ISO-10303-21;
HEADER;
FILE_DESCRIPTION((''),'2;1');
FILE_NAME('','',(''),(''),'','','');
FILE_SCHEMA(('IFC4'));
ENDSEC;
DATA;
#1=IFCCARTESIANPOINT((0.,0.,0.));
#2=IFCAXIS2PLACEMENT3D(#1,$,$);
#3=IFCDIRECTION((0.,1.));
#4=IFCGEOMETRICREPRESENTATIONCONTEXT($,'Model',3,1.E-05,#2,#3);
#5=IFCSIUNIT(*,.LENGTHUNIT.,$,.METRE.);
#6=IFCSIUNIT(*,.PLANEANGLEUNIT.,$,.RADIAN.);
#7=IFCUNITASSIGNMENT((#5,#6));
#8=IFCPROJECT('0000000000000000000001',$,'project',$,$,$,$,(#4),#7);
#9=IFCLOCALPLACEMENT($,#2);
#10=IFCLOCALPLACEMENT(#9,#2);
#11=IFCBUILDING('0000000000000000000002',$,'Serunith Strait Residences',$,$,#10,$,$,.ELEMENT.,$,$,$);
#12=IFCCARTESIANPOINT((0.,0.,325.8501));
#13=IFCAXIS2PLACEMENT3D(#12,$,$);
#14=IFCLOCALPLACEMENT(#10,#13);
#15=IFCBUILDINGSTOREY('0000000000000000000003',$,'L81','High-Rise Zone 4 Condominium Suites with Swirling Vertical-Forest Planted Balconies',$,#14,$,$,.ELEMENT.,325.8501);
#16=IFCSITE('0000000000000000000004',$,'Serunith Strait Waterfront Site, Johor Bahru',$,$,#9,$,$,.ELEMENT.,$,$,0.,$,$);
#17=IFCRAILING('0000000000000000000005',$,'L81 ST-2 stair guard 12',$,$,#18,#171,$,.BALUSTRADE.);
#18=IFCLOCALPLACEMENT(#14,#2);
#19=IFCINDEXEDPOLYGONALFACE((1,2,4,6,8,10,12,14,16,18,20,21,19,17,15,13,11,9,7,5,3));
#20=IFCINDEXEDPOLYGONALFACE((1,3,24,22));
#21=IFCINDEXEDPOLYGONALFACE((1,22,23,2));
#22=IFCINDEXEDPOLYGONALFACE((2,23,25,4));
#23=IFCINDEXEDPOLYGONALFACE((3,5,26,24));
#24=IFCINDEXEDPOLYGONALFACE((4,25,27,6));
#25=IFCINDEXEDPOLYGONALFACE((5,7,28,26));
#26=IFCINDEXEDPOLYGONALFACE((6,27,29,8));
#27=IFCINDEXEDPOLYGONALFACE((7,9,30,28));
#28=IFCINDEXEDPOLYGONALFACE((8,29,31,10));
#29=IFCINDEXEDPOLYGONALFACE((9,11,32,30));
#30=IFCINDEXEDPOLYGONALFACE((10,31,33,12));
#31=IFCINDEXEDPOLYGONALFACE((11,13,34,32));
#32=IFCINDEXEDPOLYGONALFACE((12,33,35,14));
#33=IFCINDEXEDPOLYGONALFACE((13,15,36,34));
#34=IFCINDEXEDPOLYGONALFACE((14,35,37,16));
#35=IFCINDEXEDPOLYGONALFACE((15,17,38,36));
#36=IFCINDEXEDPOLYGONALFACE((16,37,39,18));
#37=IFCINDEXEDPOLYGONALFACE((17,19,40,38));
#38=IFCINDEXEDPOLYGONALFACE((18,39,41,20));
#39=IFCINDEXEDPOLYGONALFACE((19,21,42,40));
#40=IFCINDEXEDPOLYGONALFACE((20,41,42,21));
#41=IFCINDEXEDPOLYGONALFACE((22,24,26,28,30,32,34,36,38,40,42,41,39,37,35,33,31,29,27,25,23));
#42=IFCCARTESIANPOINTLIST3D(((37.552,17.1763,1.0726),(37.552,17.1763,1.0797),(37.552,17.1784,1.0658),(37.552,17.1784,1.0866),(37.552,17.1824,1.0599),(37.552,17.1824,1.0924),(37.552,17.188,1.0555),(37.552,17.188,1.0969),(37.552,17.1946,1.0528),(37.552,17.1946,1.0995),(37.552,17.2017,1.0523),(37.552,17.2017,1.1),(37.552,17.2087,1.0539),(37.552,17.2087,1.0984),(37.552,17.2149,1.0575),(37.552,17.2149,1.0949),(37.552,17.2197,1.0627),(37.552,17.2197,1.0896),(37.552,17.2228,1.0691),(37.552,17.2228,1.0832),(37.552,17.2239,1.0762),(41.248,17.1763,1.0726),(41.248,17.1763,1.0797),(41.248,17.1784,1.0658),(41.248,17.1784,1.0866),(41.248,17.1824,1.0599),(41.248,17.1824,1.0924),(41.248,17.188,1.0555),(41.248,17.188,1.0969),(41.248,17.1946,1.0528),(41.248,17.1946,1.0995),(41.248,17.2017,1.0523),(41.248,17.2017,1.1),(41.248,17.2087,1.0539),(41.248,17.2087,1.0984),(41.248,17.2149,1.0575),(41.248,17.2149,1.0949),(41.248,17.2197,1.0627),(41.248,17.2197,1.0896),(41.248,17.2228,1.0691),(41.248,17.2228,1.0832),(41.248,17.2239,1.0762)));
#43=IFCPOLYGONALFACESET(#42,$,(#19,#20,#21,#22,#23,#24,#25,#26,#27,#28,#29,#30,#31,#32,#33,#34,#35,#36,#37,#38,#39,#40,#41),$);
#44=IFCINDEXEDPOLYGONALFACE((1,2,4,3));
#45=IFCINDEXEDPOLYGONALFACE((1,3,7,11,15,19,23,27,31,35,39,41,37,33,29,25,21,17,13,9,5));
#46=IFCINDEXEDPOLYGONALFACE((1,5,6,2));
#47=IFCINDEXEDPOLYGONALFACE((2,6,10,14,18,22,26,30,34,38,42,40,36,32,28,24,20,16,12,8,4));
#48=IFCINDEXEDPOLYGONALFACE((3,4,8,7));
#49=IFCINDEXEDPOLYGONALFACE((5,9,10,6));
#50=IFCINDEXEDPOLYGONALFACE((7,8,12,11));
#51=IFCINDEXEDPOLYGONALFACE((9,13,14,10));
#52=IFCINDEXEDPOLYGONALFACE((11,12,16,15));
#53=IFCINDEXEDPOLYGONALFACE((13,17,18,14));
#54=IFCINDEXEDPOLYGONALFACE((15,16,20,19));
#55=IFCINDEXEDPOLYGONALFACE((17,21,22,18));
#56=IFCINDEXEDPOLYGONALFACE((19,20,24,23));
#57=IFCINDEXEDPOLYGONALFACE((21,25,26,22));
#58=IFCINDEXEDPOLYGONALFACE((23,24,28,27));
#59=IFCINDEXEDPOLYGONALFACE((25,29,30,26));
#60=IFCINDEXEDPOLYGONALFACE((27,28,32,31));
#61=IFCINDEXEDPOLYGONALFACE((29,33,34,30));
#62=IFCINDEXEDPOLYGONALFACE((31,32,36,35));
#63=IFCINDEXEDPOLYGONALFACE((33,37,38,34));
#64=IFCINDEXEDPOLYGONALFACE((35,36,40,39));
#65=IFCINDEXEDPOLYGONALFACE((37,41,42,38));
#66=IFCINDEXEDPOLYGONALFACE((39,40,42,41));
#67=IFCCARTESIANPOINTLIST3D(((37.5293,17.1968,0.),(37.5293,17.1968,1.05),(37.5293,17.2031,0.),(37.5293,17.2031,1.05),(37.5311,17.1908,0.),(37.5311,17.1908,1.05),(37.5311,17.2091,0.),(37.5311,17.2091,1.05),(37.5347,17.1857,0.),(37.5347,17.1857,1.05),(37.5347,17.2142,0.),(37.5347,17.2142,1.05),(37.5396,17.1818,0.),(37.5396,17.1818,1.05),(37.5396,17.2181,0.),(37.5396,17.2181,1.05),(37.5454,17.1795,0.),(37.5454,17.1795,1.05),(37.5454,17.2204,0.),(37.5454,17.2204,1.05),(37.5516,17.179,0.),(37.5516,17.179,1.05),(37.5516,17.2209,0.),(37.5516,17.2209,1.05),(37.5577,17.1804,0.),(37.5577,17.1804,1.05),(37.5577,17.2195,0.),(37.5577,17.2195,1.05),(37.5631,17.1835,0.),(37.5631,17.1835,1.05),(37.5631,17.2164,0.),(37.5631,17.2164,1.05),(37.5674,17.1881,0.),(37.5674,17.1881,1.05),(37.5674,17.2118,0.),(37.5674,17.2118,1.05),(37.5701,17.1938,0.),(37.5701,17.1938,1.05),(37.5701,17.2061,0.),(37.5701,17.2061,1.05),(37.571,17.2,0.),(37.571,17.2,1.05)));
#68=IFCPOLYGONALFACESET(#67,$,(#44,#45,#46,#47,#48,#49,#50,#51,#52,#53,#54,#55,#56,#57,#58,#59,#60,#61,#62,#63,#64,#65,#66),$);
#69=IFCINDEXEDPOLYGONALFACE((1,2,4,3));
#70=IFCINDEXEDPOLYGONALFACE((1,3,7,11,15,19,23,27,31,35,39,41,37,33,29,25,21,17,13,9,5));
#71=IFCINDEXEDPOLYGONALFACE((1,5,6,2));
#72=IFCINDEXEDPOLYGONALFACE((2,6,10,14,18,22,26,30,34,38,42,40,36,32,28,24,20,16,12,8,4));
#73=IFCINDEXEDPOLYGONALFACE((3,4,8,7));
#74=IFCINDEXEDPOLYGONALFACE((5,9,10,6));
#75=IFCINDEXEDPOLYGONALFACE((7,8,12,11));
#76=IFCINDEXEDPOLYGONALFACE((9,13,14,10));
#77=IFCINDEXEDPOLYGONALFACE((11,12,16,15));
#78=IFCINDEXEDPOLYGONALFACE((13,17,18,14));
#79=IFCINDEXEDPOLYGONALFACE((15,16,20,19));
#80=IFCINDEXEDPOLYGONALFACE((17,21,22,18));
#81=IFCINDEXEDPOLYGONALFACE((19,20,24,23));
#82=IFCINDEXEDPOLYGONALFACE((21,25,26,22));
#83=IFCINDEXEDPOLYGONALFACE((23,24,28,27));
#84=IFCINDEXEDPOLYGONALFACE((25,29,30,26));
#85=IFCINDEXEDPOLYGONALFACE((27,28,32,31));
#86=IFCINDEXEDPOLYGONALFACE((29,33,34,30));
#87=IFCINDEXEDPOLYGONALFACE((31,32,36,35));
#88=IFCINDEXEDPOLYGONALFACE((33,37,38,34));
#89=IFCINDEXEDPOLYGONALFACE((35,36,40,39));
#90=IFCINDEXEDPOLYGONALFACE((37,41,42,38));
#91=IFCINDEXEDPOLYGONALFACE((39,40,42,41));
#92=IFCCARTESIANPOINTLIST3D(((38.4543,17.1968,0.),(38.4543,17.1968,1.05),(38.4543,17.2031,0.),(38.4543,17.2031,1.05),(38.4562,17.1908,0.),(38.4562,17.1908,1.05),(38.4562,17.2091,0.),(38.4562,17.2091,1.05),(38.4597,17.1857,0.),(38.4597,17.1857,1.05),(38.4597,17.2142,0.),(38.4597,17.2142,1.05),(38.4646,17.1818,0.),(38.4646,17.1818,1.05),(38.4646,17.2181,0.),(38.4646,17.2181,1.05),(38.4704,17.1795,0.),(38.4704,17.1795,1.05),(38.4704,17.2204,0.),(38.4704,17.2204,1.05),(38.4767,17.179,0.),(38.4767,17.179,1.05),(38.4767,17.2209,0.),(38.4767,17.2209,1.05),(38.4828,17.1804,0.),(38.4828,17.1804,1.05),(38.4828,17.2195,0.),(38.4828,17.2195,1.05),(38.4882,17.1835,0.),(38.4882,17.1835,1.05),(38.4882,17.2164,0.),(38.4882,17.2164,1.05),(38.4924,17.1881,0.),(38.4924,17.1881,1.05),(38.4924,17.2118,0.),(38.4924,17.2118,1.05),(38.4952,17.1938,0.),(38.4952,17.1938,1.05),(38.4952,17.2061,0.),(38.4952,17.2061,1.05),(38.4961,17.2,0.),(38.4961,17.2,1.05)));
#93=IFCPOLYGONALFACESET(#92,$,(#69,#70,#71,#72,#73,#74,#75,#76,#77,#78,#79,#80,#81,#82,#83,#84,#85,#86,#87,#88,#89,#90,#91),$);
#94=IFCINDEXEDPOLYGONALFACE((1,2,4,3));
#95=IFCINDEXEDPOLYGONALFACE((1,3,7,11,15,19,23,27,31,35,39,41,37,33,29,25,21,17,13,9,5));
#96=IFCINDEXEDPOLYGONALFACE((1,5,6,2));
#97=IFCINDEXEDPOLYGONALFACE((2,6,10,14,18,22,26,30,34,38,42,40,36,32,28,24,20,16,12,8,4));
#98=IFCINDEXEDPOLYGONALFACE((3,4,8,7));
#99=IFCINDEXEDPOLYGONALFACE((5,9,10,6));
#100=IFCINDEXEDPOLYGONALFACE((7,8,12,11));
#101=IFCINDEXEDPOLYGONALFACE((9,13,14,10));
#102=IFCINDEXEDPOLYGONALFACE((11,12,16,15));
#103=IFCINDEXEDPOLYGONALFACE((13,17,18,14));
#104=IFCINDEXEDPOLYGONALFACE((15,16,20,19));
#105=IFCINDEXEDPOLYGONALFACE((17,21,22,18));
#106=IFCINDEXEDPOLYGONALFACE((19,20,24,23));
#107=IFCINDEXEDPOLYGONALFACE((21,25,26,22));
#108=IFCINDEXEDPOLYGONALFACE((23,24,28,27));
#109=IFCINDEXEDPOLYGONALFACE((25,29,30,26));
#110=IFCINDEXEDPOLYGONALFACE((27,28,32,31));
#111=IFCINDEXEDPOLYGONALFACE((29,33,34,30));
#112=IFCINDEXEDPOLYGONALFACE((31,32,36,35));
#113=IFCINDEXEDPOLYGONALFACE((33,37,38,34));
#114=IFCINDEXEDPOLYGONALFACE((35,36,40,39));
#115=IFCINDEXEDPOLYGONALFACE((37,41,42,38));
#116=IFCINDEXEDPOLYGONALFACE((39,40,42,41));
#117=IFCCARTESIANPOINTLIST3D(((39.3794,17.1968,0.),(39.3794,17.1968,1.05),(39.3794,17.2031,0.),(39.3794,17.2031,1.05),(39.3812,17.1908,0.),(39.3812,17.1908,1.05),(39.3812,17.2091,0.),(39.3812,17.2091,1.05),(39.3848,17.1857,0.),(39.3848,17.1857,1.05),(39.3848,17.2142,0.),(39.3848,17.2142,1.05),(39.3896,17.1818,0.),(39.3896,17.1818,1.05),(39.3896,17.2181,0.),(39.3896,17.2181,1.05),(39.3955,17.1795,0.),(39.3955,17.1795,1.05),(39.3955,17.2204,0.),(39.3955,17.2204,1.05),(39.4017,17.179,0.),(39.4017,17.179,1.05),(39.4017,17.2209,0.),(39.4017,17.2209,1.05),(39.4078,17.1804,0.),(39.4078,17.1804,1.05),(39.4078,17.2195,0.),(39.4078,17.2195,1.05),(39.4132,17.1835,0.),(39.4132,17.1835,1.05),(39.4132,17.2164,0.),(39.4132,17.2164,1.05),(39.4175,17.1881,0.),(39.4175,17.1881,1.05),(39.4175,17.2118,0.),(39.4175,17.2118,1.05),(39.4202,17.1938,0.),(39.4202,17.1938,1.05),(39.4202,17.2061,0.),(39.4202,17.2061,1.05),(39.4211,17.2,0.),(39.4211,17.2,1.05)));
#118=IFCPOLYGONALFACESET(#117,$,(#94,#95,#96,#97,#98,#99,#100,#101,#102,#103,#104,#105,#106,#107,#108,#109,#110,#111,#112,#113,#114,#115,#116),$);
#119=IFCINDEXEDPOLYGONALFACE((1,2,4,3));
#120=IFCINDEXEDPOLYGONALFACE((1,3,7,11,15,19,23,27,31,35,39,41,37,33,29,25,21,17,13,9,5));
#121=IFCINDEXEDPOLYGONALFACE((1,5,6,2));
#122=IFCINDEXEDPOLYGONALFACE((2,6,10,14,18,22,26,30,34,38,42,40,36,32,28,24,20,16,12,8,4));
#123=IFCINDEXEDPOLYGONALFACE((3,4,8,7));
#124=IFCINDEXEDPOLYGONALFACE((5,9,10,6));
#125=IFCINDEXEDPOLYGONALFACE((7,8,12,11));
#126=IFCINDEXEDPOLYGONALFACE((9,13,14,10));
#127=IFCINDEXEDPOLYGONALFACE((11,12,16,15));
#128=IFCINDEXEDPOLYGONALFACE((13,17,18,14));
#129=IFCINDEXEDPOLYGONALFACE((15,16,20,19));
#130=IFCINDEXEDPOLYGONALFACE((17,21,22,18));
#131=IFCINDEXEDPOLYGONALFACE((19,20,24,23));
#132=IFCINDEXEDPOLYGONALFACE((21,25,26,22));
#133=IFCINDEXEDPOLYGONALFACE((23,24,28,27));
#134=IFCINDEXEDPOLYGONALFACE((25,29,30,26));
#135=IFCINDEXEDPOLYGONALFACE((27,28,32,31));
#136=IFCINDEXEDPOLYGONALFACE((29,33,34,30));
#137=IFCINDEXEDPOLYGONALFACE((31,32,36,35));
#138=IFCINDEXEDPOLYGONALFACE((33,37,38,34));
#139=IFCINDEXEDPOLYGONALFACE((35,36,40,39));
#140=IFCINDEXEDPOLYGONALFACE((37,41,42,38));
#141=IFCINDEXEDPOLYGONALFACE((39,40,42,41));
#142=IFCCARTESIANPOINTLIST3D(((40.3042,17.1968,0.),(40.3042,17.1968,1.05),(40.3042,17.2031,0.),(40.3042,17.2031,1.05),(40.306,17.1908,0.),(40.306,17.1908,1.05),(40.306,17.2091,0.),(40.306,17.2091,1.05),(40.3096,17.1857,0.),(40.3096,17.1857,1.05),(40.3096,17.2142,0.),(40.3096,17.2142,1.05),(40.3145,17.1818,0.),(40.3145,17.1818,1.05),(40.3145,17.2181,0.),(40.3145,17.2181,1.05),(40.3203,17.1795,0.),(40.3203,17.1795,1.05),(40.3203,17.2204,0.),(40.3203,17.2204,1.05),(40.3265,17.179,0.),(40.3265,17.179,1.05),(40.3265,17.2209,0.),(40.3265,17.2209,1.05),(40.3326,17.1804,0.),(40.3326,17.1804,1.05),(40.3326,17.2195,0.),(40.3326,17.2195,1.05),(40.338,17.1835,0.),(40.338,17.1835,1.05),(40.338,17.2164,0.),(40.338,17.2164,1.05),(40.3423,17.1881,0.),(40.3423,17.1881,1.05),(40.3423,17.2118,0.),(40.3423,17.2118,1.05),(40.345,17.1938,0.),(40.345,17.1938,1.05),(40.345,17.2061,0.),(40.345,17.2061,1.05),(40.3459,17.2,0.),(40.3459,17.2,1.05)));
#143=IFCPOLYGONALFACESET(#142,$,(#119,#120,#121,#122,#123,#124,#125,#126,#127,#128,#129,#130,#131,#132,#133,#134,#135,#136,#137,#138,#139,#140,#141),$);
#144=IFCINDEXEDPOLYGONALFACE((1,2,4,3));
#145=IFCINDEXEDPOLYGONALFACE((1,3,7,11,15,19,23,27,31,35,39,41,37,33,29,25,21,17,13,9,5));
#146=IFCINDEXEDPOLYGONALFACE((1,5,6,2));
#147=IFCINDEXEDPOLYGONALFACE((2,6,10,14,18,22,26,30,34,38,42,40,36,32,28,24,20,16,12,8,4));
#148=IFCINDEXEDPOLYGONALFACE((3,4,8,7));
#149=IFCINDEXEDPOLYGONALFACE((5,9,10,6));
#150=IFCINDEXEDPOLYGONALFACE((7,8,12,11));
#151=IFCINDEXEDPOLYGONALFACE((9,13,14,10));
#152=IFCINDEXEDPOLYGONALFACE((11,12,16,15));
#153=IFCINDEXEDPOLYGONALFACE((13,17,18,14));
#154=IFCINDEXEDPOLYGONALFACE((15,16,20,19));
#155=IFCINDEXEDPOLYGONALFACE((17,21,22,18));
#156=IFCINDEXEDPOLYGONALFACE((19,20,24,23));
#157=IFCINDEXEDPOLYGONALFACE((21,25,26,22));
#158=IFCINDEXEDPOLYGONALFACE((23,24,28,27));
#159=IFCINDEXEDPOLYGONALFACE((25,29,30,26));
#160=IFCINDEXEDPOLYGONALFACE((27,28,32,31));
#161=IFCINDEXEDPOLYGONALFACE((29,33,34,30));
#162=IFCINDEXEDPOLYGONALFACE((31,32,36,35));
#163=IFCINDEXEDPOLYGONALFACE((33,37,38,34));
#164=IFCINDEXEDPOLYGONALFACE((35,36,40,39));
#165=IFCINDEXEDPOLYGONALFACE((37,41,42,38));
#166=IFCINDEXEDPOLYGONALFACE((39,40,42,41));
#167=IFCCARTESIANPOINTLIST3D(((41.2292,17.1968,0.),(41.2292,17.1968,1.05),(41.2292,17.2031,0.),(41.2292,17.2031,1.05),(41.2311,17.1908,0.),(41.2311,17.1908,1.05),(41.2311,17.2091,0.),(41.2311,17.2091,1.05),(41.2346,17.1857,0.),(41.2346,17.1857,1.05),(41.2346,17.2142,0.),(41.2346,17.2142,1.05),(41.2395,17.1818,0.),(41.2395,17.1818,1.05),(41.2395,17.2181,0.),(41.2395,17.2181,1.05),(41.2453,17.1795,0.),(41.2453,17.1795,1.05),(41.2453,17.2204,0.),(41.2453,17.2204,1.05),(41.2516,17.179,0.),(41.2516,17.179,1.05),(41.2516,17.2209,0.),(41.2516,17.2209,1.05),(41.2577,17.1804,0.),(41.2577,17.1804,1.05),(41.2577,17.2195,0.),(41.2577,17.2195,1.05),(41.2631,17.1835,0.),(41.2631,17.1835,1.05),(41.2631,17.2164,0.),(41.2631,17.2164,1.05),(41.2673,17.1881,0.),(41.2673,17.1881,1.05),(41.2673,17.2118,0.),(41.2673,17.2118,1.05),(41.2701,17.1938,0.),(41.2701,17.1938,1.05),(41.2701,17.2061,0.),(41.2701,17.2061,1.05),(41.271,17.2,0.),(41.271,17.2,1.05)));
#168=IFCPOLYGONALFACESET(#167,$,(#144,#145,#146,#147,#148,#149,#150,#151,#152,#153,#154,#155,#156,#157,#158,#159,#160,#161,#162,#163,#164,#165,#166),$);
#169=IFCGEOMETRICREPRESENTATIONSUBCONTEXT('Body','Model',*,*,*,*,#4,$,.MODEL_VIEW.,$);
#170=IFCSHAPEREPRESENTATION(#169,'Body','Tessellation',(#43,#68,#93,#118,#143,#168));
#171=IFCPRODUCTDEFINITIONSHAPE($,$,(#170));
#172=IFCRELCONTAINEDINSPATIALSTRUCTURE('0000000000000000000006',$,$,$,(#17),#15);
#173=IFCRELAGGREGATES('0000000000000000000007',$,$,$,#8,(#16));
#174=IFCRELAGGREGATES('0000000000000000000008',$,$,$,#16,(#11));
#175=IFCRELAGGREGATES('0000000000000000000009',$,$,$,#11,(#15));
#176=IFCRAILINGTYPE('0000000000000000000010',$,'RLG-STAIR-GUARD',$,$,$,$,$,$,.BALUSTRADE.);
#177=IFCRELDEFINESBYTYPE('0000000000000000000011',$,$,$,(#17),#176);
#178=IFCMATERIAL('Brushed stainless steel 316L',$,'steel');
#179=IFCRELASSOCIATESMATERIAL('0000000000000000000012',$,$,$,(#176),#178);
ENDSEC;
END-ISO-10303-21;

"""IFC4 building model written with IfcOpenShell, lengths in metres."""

from ifc_helpers import new_model, si_unit, direction, frame, origin, origin_2d, place, context, subcontext, project, spatial, circle, extrude, material, type_object, element, save


model = new_model("IFC4")

# Units and contexts
model_context = context("Model", 3, precision=1e-05, world=origin(), true_north=direction((0.0, 1.0)))
body_context = subcontext(model_context, "Body", "Model", "MODEL_VIEW")
ifc_project = project(units=[si_unit("LENGTHUNIT", "METRE"), si_unit("PLANEANGLEUNIT", "RADIAN")], contexts=[model_context])

# Site, building, storey
site_placement = place(None, origin())
site = spatial("IfcSite", under=ifc_project, at=site_placement, Name="Serunith Strait Waterfront Site, Johor Bahru", CompositionType="ELEMENT", RefElevation=0.0)
building_placement = place(site_placement, origin())
building = spatial("IfcBuilding", under=site, at=building_placement, Name="Serunith Strait Residences", CompositionType="ELEMENT")
storey_placement = place(building_placement, frame((0.0, 0.0, 325.8501)))
storey = spatial("IfcBuildingStorey", under=building, at=storey_placement, Name="L81", Description="High-Rise Zone 4 Condominium Suites with Swirling Vertical-Forest Planted Balconies", CompositionType="ELEMENT", Elevation=325.8501)

# Railing
ifc_material_1 = material(Name="Brushed stainless steel 316L", Category="steel")
railing_type_1 = type_object("IfcRailingType", Name="RLG-STAIR-GUARD", PredefinedType="BALUSTRADE", material=ifc_material_1)
railing_1_placement = place(storey_placement, frame((37.55, 17.2, 0.0)))
element("IfcRailing", 1, at=railing_1_placement, inside=storey, type_object=railing_type_1, Name="L81 ST-2 stair guard 12", PredefinedType="BALUSTRADE", context=body_context, shape_type="SweptSolid", body=[
    extrude(circle(Radius=0.0239, at=origin_2d()), frame((0.002, 0.0, 1.0762), z_axis=(1.0, 0.0, 0.0), x_axis=(0.0, 1.0, 0.0)), (0.0, 0.0, 1.0), 3.696),
    extrude(circle(Radius=0.021, at=origin_2d()), origin(), (0.0, 0.0, 1.0), 1.05),
    extrude(circle(Radius=0.021, at=origin_2d()), frame((0.925, 0.0, 0.0)), (0.0, 0.0, 1.0), 1.05),
    extrude(circle(Radius=0.021, at=origin_2d()), frame((1.8501, 0.0, 0.0)), (0.0, 0.0, 1.0), 1.05),
    extrude(circle(Radius=0.021, at=origin_2d()), frame((2.7749, 0.0, 0.0)), (0.0, 0.0, 1.0), 1.05),
    extrude(circle(Radius=0.021, at=origin_2d()), frame((3.7, 0.0, 0.0)), (0.0, 0.0, 1.0), 1.05),
])

save(model, "model.ifc")
